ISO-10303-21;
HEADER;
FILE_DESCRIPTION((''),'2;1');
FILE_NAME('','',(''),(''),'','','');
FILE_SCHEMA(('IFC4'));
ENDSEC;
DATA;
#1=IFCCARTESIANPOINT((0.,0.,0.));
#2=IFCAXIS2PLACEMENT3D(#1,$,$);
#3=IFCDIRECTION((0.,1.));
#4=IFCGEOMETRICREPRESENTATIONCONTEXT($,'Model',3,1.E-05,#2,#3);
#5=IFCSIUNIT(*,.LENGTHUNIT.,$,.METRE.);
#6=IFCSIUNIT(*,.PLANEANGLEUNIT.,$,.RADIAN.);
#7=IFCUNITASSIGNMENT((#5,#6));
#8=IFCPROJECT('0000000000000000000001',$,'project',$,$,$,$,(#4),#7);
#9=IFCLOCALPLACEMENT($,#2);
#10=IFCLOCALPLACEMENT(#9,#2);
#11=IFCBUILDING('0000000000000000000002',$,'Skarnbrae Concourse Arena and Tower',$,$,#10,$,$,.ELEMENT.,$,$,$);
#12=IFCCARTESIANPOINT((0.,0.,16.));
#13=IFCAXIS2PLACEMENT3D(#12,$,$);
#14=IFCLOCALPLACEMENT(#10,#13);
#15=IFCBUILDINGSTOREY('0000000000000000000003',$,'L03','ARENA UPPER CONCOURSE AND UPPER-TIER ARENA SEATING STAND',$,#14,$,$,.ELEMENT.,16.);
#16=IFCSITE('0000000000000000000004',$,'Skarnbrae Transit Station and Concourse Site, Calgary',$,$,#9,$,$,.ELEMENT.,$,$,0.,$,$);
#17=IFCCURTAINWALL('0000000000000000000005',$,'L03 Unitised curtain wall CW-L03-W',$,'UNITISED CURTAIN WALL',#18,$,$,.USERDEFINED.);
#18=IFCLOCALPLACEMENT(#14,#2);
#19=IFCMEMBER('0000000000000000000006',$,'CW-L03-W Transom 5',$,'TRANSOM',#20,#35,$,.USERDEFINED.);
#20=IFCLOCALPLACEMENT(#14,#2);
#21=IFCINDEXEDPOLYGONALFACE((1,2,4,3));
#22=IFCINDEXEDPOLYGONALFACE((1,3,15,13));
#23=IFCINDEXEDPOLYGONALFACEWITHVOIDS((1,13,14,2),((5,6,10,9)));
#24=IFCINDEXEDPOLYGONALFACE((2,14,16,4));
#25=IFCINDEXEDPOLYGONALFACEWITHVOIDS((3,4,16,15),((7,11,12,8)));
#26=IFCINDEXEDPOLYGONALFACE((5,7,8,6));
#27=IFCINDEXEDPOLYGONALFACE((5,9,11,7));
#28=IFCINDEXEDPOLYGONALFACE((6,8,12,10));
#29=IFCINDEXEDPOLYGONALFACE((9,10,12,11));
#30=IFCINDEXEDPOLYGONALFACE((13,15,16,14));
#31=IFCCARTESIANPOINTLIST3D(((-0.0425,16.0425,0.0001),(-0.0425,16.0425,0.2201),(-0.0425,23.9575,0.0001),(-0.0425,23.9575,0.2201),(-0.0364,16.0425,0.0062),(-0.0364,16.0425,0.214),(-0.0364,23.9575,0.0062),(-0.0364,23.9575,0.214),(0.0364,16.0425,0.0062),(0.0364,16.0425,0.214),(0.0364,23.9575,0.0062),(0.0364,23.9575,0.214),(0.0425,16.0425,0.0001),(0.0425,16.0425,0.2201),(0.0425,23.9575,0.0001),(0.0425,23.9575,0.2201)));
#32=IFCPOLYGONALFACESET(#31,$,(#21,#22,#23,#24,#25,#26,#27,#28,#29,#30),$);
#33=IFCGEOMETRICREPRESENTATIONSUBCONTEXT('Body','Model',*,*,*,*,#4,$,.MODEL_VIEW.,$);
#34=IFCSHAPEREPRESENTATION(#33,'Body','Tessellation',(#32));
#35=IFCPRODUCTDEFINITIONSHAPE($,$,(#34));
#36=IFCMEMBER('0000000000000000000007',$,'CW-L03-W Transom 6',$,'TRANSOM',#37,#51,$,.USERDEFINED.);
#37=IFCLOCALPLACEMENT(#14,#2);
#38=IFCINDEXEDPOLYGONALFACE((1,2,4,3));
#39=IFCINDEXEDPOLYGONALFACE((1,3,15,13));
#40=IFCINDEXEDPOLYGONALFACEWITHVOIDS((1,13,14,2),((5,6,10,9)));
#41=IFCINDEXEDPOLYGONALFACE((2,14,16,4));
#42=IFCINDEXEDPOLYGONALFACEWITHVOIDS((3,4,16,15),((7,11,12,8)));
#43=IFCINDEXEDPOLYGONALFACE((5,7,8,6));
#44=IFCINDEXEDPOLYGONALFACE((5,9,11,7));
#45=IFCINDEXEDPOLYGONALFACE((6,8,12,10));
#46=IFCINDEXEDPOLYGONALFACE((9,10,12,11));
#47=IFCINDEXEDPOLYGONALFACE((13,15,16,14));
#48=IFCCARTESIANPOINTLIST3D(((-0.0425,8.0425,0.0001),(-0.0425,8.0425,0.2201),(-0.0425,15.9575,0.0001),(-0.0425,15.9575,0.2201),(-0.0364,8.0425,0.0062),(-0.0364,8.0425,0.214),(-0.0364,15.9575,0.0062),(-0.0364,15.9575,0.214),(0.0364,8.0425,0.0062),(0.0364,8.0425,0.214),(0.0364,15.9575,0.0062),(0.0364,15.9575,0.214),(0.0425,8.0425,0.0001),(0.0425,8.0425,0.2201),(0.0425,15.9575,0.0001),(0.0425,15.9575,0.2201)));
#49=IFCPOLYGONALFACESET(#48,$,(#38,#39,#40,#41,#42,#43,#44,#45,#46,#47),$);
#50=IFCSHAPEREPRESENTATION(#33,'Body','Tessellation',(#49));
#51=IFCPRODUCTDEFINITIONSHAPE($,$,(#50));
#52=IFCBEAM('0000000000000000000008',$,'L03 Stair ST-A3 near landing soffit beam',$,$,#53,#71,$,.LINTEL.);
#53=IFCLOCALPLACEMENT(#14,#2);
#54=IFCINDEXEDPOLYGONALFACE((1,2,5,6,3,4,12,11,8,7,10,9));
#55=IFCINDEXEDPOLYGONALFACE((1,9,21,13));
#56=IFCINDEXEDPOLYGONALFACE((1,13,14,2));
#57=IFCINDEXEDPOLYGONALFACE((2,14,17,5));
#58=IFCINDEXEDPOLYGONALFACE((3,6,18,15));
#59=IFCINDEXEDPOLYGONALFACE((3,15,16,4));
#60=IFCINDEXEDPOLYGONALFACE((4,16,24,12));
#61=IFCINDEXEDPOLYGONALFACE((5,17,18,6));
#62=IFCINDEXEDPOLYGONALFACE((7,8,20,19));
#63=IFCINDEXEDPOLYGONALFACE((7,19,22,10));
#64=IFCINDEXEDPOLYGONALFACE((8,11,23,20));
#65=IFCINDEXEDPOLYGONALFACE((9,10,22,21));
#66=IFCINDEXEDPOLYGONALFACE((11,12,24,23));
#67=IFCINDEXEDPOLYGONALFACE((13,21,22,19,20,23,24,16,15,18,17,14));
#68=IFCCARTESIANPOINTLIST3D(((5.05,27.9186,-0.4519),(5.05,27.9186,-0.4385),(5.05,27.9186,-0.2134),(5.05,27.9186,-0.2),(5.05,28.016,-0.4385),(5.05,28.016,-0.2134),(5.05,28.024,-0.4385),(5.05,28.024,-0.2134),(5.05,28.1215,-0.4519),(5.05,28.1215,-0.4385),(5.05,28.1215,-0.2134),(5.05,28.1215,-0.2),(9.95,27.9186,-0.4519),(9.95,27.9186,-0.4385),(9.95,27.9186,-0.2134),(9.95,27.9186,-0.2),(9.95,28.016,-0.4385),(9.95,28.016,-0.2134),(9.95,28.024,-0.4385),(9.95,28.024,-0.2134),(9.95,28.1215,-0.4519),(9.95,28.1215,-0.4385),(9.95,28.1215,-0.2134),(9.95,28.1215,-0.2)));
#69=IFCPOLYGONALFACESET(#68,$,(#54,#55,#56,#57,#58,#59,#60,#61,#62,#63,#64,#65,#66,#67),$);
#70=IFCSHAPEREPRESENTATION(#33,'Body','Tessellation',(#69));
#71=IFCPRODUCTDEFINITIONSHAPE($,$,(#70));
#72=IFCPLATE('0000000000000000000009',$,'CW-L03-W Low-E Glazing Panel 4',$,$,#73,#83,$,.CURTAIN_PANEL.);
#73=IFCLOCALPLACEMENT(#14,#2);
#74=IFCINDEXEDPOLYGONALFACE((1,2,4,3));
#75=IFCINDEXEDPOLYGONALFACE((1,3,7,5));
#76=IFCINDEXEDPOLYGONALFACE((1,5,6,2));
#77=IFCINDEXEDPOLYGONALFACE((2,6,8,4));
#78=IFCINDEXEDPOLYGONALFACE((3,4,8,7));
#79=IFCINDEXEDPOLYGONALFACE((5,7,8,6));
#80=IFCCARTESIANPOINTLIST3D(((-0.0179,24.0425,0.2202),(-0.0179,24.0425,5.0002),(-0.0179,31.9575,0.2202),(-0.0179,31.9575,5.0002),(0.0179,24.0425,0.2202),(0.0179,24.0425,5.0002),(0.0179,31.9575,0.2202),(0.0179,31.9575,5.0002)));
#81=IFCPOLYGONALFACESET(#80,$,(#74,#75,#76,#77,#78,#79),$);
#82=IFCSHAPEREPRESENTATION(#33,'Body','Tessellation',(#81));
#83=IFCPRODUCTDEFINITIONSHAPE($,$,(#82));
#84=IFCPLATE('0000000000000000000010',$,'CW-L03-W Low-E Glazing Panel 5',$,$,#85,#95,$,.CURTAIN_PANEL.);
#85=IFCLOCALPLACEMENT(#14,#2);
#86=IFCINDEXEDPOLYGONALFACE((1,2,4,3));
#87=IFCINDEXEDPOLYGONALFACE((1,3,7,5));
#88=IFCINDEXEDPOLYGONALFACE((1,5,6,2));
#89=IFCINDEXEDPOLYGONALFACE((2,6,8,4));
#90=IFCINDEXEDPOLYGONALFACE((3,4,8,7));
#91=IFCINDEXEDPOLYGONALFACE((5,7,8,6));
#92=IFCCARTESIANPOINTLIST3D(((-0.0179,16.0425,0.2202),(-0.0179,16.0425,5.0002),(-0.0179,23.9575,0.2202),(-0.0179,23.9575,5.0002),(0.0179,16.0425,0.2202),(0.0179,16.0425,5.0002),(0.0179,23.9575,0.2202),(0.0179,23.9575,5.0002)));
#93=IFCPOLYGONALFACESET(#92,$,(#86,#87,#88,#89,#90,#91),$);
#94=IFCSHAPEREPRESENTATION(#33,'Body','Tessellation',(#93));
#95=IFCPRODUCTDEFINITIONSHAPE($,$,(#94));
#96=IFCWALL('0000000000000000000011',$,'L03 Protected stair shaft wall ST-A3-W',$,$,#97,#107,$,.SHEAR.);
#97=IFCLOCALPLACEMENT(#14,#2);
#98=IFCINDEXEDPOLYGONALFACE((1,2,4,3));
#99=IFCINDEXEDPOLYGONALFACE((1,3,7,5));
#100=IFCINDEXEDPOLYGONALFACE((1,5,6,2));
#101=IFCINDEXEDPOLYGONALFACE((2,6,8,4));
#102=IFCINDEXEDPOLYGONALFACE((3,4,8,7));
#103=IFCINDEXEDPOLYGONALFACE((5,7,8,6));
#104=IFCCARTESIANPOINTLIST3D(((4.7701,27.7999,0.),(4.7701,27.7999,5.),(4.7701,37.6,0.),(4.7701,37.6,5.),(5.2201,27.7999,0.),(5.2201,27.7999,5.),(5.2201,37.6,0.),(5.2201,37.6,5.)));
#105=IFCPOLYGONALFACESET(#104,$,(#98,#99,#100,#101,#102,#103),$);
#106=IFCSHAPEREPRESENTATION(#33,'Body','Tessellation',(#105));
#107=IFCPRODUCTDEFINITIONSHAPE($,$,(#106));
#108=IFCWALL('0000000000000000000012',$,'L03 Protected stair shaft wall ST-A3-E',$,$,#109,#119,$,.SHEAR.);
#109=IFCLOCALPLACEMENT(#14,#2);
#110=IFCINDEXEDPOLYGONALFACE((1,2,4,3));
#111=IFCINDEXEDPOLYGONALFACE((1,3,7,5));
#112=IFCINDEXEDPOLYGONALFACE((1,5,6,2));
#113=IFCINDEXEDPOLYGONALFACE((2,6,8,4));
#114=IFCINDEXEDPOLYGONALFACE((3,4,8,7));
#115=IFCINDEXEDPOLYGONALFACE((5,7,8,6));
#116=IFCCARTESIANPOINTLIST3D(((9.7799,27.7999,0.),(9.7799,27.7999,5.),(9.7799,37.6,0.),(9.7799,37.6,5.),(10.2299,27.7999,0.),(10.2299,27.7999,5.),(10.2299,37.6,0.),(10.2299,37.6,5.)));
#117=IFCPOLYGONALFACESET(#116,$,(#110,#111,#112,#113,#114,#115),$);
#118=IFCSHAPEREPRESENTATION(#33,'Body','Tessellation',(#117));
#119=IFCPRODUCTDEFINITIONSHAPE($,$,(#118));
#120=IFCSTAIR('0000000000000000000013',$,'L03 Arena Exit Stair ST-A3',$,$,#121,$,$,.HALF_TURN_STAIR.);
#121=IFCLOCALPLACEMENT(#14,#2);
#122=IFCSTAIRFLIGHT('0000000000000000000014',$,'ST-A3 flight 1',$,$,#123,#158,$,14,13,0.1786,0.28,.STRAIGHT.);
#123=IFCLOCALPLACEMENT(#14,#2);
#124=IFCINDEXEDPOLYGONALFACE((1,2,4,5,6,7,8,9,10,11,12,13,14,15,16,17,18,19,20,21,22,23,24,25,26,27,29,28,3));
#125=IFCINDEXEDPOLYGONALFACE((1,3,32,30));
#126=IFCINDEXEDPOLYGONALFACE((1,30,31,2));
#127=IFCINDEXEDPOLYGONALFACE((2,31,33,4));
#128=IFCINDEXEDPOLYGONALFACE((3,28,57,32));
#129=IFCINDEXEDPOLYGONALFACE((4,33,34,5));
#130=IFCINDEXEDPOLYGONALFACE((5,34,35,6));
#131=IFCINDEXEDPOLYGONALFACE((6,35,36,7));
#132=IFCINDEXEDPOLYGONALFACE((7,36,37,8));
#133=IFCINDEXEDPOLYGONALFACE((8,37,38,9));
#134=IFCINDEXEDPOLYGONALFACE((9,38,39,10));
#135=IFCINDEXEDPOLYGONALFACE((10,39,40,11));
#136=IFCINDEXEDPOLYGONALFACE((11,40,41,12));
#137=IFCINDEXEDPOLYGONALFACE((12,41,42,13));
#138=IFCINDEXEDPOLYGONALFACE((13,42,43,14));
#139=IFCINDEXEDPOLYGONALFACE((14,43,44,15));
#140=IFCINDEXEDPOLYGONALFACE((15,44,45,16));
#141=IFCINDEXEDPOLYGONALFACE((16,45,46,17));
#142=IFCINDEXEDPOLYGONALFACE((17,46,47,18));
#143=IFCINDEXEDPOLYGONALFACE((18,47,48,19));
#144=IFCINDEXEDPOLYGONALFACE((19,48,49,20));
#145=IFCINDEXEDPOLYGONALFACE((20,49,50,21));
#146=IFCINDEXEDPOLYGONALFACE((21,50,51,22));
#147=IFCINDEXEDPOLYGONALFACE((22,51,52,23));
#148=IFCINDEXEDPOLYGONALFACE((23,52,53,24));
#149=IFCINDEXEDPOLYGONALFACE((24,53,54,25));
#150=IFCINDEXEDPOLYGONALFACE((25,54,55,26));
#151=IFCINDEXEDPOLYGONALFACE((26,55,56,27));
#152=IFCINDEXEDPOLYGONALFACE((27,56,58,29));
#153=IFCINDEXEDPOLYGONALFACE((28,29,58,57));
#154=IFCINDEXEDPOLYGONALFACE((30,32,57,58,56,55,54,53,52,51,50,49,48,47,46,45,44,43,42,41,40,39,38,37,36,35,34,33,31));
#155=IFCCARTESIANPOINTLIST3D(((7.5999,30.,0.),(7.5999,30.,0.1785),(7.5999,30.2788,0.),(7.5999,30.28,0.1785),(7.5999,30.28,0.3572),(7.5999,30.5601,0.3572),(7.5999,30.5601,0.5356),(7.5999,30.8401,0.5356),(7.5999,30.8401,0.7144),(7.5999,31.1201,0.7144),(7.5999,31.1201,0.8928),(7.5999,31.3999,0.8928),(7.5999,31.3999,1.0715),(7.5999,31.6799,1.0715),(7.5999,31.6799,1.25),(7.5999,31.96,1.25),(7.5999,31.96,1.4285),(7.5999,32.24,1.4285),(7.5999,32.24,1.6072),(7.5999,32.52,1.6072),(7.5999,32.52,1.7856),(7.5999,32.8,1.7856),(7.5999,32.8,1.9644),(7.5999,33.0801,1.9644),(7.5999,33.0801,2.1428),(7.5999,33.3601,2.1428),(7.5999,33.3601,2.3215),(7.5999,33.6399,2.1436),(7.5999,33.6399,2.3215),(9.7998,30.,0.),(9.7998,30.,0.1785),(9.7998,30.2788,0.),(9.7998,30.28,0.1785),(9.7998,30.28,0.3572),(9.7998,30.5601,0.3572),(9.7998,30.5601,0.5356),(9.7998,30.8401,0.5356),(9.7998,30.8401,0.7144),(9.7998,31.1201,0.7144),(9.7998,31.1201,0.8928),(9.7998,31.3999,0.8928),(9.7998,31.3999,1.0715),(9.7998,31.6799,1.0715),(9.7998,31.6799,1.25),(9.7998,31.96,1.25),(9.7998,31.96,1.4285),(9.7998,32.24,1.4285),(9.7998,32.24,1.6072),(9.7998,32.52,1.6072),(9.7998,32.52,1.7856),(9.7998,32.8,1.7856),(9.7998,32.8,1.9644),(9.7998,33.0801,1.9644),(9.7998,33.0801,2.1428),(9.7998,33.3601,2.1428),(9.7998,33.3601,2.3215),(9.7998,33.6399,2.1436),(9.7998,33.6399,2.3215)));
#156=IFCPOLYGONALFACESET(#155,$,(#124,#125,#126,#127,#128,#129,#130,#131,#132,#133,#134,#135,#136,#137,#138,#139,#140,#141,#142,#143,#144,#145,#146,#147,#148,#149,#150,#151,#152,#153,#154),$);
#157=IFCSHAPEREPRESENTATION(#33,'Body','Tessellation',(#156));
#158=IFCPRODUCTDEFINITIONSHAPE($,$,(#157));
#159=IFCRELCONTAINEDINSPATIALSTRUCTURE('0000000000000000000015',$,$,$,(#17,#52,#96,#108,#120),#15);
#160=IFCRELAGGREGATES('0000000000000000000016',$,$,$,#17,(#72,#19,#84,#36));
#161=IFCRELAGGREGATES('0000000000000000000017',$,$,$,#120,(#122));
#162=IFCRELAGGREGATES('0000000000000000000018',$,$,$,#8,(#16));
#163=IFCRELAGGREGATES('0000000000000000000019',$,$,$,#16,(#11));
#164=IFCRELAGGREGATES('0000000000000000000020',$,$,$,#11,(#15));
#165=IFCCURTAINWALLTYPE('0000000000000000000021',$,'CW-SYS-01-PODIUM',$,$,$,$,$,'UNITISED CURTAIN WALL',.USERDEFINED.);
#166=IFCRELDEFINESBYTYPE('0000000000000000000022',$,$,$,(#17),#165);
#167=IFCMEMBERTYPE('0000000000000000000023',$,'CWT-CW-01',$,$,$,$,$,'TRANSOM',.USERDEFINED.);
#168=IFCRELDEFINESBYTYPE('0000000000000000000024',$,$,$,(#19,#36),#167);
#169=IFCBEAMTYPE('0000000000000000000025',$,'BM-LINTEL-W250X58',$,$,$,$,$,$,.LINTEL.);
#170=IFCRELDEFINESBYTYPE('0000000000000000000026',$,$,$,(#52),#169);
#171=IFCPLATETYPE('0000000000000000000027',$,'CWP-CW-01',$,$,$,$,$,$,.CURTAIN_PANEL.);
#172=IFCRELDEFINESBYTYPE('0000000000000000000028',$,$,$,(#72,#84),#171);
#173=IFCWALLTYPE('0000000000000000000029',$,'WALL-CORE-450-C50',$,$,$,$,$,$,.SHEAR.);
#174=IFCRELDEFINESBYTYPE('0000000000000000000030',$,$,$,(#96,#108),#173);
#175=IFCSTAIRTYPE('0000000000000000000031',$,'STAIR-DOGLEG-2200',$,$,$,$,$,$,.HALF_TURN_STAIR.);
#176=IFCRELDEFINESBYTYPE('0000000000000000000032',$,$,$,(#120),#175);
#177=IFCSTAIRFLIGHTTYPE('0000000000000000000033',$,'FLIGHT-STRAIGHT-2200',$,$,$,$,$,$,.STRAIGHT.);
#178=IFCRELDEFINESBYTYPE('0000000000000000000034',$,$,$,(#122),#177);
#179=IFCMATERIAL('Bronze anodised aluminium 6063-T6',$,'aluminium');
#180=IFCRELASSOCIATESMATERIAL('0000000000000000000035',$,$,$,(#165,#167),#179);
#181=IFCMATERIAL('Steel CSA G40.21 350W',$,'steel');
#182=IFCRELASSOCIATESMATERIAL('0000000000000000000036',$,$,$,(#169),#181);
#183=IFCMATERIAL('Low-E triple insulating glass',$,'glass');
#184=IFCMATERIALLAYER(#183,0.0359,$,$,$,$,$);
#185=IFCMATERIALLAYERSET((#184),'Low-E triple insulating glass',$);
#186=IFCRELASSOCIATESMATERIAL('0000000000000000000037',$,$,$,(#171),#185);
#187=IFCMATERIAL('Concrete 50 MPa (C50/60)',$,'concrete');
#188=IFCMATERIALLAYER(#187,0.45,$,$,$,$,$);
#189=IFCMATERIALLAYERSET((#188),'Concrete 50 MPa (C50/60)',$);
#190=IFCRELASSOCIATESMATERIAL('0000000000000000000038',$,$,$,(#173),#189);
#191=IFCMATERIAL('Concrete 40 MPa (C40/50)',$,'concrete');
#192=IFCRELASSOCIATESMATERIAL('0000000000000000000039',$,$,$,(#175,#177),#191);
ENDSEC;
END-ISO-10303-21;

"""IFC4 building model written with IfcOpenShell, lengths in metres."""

from ifc_helpers import new_model, si_unit, direction, frame, frame_2d, origin, origin_2d, place, context, subcontext, project, spatial, polyline, rectangle, hollow_rectangle, i_section, outline, extrude, source, transform, mapped, material, layer, layer_set, material_profile, profile_set, type_object, element, aggregate, save


model = new_model("IFC4")

# Units and contexts
model_context = context("Model", 3, precision=1e-05, world=origin(), true_north=direction((0.0, 1.0)))
body_context = subcontext(model_context, "Body", "Model", "MODEL_VIEW")
ifc_project = project(units=[si_unit("LENGTHUNIT", "METRE"), si_unit("PLANEANGLEUNIT", "RADIAN")], contexts=[model_context])

# Site, building, storey
site_placement = place(None, origin())
site = spatial("IfcSite", under=ifc_project, at=site_placement, Name="Skarnbrae Transit Station and Concourse Site, Calgary", CompositionType="ELEMENT", RefElevation=0.0)
building_placement = place(site_placement, origin())
building = spatial("IfcBuilding", under=site, at=building_placement, Name="Skarnbrae Concourse Arena and Tower", CompositionType="ELEMENT")
storey_placement = place(building_placement, frame((0.0, 0.0, 16.0)))
storey = spatial("IfcBuildingStorey", under=building, at=storey_placement, Name="L03", Description="ARENA UPPER CONCOURSE AND UPPER-TIER ARENA SEATING STAND", CompositionType="ELEMENT", Elevation=16.0)

# Shared definitions
ifc_material_1 = material(Name="Steel CSA G40.21 350W", Category="steel")

# Curtain wall, members
ifc_material_2 = material(Name="Bronze anodised aluminium 6063-T6", Category="aluminium")
curtain_wall_type = type_object("IfcCurtainWallType", Name="CW-SYS-01-PODIUM", ElementType="UNITISED CURTAIN WALL", PredefinedType="USERDEFINED", material=ifc_material_2)
curtain_wall_placement = place(storey_placement, origin())
curtain_wall = element("IfcCurtainWall", 1, at=curtain_wall_placement, inside=storey, type_object=curtain_wall_type, Name="L03 Unitised curtain wall CW-L03-W", ObjectType="UNITISED CURTAIN WALL", PredefinedType="USERDEFINED")
ifc_material_profile_1 = material_profile(ifc_material_2, hollow_rectangle(XDim=0.085, YDim=0.22, WallThickness=0.0061, at=origin_2d()), Name="ALU-TRAN-85X220")
ifc_profile_set_1 = profile_set([ifc_material_profile_1], Name="Bronze anodised aluminium 6063-T6")
member_type_1 = type_object("IfcMemberType", Name="CWT-CW-01", ElementType="TRANSOM", PredefinedType="USERDEFINED", material=ifc_profile_set_1)
shared_shape_1 = source(origin(), body_context, "Body", "SweptSolid", [
    extrude(hollow_rectangle(XDim=0.085, YDim=0.22, WallThickness=0.0061, at=origin_2d()), origin(), (0.0, 0.0, 1.0), 7.915),
])
member_1_placement = place(storey_placement, frame((0.0, 23.9575, 0.1101), z_axis=(0.0, -1.0, 0.0), x_axis=(1.0, 0.0, 0.0)))
member_1 = element("IfcMember", 2, at=member_1_placement, type_object=member_type_1, Name="CW-L03-W Transom 5", ObjectType="TRANSOM", PredefinedType="USERDEFINED", context=body_context, shape_type="MappedRepresentation", body=[
    mapped(shared_shape_1, transform((0.0, 0.0, 0.0))),
])
member_2_placement = place(storey_placement, frame((0.0, 15.9575, 0.1101), z_axis=(0.0, -1.0, 0.0), x_axis=(1.0, 0.0, 0.0)))
member_2 = element("IfcMember", 3, at=member_2_placement, type_object=member_type_1, Name="CW-L03-W Transom 6", ObjectType="TRANSOM", PredefinedType="USERDEFINED", context=body_context, shape_type="MappedRepresentation", body=[
    mapped(shared_shape_1, transform((0.0, 0.0, 0.0))),
])

# Beam
ifc_material_profile_2 = material_profile(ifc_material_1, i_section(OverallWidth=0.2029, OverallDepth=0.252, WebThickness=0.0081, FlangeThickness=0.0134, at=origin_2d()), Name="W250X58")
ifc_profile_set_2 = profile_set([ifc_material_profile_2], Name="Steel CSA G40.21 350W")
beam_type_1 = type_object("IfcBeamType", Name="BM-LINTEL-W250X58", PredefinedType="LINTEL", material=ifc_profile_set_2)
shared_shape_2 = source(origin(), body_context, "Body", "SweptSolid", [
    extrude(i_section(OverallWidth=0.2029, OverallDepth=0.252, WebThickness=0.0081, FlangeThickness=0.0134, at=origin_2d()), origin(), (0.0, 0.0, 1.0), 4.8999),
])
beam_1_placement = place(storey_placement, frame((9.95, 28.02, -0.3259), z_axis=(-1.0, 0.0, 0.0), x_axis=(0.0, -1.0, 0.0)))
element("IfcBeam", 4, at=beam_1_placement, inside=storey, type_object=beam_type_1, Name="L03 Stair ST-A3 near landing soffit beam", PredefinedType="LINTEL", context=body_context, shape_type="MappedRepresentation", body=[
    mapped(shared_shape_2, transform((0.0, 0.0, 0.0))),
])

# Plates
ifc_material_3 = material(Name="Low-E triple insulating glass", Category="glass")
ifc_layer_1 = layer(ifc_material_3, 0.0359)
ifc_layer_set_1 = layer_set([ifc_layer_1], Name="Low-E triple insulating glass")
plate_type = type_object("IfcPlateType", Name="CWP-CW-01", PredefinedType="CURTAIN_PANEL", material=ifc_layer_set_1)
shared_shape_3 = source(origin(), body_context, "Body", "SweptSolid", [
    extrude(rectangle(XDim=7.915, YDim=0.0359, at=origin_2d()), origin(), (0.0, 0.0, 1.0), 4.78),
])
plate_1_placement = place(storey_placement, frame((0.0, 28.0, 0.2202), z_axis=(0.0, 0.0, 1.0), x_axis=(0.0, -1.0, 0.0)))
plate_1 = element("IfcPlate", 5, at=plate_1_placement, type_object=plate_type, Name="CW-L03-W Low-E Glazing Panel 4", PredefinedType="CURTAIN_PANEL", context=body_context, shape_type="MappedRepresentation", body=[
    mapped(shared_shape_3, transform((0.0, 0.0, 0.0))),
])
plate_2_placement = place(storey_placement, frame((0.0, 20.0, 0.2202), z_axis=(0.0, 0.0, 1.0), x_axis=(0.0, -1.0, 0.0)))
plate_2 = element("IfcPlate", 6, at=plate_2_placement, type_object=plate_type, Name="CW-L03-W Low-E Glazing Panel 5", PredefinedType="CURTAIN_PANEL", context=body_context, shape_type="MappedRepresentation", body=[
    mapped(shared_shape_3, transform((0.0, 0.0, 0.0))),
])
aggregate(curtain_wall, [plate_1, member_1, plate_2, member_2])

# Walls
ifc_material_4 = material(Name="Concrete 50 MPa (C50/60)", Category="concrete")
ifc_layer_2 = layer(ifc_material_4, 0.45)
ifc_layer_set_2 = layer_set([ifc_layer_2], Name="Concrete 50 MPa (C50/60)")
wall_type = type_object("IfcWallType", Name="WALL-CORE-450-C50", PredefinedType="SHEAR", material=ifc_layer_set_2)
shared_shape_4 = source(origin(), body_context, "Body", "SweptSolid", [
    extrude(rectangle(XDim=9.8, YDim=0.45, at=frame_2d((4.8999, 0.0))), origin(), (0.0, 0.0, 1.0), 5.0),
])
for number, where, z_axis, x_axis, name in (
    (7, (4.9951, 27.8, 0.0), (0.0, 0.0, 1.0), (0.0, 1.0, 0.0), "L03 Protected stair shaft wall ST-A3-W"),
    (8, (10.0049, 27.8, 0.0), (0.0, 0.0, 1.0), (0.0, 1.0, 0.0), "L03 Protected stair shaft wall ST-A3-E"),
):
    element("IfcWall", number, at=place(storey_placement, frame(where, z_axis=z_axis, x_axis=x_axis)), inside=storey, type_object=wall_type, Name=name, PredefinedType="SHEAR", context=body_context, shape_type="MappedRepresentation", body=[
        mapped(shared_shape_4, transform((0.0, 0.0, 0.0))),
    ])

# Stair, stair flight
ifc_material_5 = material(Name="Concrete 40 MPa (C40/50)", Category="concrete")
stair_type = type_object("IfcStairType", Name="STAIR-DOGLEG-2200", PredefinedType="HALF_TURN_STAIR", material=ifc_material_5)
stair_placement = place(storey_placement, origin())
stair = element("IfcStair", 9, at=stair_placement, inside=storey, type_object=stair_type, Name="L03 Arena Exit Stair ST-A3", PredefinedType="HALF_TURN_STAIR")
stair_flight_type = type_object("IfcStairFlightType", Name="FLIGHT-STRAIGHT-2200", PredefinedType="STRAIGHT", material=ifc_material_5)
shared_shape_5 = source(origin(), body_context, "Body", "SweptSolid", [
    extrude(outline(polyline([(0.0, 0.0), (0.0, 0.1785), (0.28, 0.1785), (0.28, 0.3572), (0.5601, 0.3572), (0.5601, 0.5356), (0.8401, 0.5356), (0.8401, 0.7144), (1.1201, 0.7144), (1.1201, 0.8928), (1.3999, 0.8928), (1.3999, 1.0715), (1.6799, 1.0715), (1.6799, 1.25), (1.96, 1.25), (1.96, 1.4285), (2.24, 1.4285), (2.24, 1.6072), (2.52, 1.6072), (2.52, 1.7856), (2.8, 1.7856), (2.8, 1.9644), (3.0801, 1.9644), (3.0801, 2.1428), (3.3601, 2.1428), (3.3601, 2.3215), (3.6399, 2.3215), (3.6399, 2.5), (3.6399, 2.1436), (0.2788, 0.0), (0.0, 0.0)])), frame((0.0, 1.1001, 0.0), z_axis=(0.0, -1.0, 0.0), x_axis=(1.0, 0.0, 0.0)), (0.0, 0.0, 1.0), 2.2),
])
stair_flight_1_placement = place(storey_placement, frame((8.7, 30.0, 0.0), z_axis=(0.0, 0.0, 1.0), x_axis=(0.0, 1.0, 0.0)))
stair_flight_1 = element("IfcStairFlight", 10, at=stair_flight_1_placement, type_object=stair_flight_type, Name="ST-A3 flight 1", NumberOfRisers=14, NumberOfTreads=13, PredefinedType="STRAIGHT", RiserHeight=0.1786, TreadLength=0.28, context=body_context, shape_type="MappedRepresentation", body=[
    mapped(shared_shape_5, transform((0.0, 0.0, 0.0))),
])
aggregate(stair, [stair_flight_1])

save(model, "model.ifc")
